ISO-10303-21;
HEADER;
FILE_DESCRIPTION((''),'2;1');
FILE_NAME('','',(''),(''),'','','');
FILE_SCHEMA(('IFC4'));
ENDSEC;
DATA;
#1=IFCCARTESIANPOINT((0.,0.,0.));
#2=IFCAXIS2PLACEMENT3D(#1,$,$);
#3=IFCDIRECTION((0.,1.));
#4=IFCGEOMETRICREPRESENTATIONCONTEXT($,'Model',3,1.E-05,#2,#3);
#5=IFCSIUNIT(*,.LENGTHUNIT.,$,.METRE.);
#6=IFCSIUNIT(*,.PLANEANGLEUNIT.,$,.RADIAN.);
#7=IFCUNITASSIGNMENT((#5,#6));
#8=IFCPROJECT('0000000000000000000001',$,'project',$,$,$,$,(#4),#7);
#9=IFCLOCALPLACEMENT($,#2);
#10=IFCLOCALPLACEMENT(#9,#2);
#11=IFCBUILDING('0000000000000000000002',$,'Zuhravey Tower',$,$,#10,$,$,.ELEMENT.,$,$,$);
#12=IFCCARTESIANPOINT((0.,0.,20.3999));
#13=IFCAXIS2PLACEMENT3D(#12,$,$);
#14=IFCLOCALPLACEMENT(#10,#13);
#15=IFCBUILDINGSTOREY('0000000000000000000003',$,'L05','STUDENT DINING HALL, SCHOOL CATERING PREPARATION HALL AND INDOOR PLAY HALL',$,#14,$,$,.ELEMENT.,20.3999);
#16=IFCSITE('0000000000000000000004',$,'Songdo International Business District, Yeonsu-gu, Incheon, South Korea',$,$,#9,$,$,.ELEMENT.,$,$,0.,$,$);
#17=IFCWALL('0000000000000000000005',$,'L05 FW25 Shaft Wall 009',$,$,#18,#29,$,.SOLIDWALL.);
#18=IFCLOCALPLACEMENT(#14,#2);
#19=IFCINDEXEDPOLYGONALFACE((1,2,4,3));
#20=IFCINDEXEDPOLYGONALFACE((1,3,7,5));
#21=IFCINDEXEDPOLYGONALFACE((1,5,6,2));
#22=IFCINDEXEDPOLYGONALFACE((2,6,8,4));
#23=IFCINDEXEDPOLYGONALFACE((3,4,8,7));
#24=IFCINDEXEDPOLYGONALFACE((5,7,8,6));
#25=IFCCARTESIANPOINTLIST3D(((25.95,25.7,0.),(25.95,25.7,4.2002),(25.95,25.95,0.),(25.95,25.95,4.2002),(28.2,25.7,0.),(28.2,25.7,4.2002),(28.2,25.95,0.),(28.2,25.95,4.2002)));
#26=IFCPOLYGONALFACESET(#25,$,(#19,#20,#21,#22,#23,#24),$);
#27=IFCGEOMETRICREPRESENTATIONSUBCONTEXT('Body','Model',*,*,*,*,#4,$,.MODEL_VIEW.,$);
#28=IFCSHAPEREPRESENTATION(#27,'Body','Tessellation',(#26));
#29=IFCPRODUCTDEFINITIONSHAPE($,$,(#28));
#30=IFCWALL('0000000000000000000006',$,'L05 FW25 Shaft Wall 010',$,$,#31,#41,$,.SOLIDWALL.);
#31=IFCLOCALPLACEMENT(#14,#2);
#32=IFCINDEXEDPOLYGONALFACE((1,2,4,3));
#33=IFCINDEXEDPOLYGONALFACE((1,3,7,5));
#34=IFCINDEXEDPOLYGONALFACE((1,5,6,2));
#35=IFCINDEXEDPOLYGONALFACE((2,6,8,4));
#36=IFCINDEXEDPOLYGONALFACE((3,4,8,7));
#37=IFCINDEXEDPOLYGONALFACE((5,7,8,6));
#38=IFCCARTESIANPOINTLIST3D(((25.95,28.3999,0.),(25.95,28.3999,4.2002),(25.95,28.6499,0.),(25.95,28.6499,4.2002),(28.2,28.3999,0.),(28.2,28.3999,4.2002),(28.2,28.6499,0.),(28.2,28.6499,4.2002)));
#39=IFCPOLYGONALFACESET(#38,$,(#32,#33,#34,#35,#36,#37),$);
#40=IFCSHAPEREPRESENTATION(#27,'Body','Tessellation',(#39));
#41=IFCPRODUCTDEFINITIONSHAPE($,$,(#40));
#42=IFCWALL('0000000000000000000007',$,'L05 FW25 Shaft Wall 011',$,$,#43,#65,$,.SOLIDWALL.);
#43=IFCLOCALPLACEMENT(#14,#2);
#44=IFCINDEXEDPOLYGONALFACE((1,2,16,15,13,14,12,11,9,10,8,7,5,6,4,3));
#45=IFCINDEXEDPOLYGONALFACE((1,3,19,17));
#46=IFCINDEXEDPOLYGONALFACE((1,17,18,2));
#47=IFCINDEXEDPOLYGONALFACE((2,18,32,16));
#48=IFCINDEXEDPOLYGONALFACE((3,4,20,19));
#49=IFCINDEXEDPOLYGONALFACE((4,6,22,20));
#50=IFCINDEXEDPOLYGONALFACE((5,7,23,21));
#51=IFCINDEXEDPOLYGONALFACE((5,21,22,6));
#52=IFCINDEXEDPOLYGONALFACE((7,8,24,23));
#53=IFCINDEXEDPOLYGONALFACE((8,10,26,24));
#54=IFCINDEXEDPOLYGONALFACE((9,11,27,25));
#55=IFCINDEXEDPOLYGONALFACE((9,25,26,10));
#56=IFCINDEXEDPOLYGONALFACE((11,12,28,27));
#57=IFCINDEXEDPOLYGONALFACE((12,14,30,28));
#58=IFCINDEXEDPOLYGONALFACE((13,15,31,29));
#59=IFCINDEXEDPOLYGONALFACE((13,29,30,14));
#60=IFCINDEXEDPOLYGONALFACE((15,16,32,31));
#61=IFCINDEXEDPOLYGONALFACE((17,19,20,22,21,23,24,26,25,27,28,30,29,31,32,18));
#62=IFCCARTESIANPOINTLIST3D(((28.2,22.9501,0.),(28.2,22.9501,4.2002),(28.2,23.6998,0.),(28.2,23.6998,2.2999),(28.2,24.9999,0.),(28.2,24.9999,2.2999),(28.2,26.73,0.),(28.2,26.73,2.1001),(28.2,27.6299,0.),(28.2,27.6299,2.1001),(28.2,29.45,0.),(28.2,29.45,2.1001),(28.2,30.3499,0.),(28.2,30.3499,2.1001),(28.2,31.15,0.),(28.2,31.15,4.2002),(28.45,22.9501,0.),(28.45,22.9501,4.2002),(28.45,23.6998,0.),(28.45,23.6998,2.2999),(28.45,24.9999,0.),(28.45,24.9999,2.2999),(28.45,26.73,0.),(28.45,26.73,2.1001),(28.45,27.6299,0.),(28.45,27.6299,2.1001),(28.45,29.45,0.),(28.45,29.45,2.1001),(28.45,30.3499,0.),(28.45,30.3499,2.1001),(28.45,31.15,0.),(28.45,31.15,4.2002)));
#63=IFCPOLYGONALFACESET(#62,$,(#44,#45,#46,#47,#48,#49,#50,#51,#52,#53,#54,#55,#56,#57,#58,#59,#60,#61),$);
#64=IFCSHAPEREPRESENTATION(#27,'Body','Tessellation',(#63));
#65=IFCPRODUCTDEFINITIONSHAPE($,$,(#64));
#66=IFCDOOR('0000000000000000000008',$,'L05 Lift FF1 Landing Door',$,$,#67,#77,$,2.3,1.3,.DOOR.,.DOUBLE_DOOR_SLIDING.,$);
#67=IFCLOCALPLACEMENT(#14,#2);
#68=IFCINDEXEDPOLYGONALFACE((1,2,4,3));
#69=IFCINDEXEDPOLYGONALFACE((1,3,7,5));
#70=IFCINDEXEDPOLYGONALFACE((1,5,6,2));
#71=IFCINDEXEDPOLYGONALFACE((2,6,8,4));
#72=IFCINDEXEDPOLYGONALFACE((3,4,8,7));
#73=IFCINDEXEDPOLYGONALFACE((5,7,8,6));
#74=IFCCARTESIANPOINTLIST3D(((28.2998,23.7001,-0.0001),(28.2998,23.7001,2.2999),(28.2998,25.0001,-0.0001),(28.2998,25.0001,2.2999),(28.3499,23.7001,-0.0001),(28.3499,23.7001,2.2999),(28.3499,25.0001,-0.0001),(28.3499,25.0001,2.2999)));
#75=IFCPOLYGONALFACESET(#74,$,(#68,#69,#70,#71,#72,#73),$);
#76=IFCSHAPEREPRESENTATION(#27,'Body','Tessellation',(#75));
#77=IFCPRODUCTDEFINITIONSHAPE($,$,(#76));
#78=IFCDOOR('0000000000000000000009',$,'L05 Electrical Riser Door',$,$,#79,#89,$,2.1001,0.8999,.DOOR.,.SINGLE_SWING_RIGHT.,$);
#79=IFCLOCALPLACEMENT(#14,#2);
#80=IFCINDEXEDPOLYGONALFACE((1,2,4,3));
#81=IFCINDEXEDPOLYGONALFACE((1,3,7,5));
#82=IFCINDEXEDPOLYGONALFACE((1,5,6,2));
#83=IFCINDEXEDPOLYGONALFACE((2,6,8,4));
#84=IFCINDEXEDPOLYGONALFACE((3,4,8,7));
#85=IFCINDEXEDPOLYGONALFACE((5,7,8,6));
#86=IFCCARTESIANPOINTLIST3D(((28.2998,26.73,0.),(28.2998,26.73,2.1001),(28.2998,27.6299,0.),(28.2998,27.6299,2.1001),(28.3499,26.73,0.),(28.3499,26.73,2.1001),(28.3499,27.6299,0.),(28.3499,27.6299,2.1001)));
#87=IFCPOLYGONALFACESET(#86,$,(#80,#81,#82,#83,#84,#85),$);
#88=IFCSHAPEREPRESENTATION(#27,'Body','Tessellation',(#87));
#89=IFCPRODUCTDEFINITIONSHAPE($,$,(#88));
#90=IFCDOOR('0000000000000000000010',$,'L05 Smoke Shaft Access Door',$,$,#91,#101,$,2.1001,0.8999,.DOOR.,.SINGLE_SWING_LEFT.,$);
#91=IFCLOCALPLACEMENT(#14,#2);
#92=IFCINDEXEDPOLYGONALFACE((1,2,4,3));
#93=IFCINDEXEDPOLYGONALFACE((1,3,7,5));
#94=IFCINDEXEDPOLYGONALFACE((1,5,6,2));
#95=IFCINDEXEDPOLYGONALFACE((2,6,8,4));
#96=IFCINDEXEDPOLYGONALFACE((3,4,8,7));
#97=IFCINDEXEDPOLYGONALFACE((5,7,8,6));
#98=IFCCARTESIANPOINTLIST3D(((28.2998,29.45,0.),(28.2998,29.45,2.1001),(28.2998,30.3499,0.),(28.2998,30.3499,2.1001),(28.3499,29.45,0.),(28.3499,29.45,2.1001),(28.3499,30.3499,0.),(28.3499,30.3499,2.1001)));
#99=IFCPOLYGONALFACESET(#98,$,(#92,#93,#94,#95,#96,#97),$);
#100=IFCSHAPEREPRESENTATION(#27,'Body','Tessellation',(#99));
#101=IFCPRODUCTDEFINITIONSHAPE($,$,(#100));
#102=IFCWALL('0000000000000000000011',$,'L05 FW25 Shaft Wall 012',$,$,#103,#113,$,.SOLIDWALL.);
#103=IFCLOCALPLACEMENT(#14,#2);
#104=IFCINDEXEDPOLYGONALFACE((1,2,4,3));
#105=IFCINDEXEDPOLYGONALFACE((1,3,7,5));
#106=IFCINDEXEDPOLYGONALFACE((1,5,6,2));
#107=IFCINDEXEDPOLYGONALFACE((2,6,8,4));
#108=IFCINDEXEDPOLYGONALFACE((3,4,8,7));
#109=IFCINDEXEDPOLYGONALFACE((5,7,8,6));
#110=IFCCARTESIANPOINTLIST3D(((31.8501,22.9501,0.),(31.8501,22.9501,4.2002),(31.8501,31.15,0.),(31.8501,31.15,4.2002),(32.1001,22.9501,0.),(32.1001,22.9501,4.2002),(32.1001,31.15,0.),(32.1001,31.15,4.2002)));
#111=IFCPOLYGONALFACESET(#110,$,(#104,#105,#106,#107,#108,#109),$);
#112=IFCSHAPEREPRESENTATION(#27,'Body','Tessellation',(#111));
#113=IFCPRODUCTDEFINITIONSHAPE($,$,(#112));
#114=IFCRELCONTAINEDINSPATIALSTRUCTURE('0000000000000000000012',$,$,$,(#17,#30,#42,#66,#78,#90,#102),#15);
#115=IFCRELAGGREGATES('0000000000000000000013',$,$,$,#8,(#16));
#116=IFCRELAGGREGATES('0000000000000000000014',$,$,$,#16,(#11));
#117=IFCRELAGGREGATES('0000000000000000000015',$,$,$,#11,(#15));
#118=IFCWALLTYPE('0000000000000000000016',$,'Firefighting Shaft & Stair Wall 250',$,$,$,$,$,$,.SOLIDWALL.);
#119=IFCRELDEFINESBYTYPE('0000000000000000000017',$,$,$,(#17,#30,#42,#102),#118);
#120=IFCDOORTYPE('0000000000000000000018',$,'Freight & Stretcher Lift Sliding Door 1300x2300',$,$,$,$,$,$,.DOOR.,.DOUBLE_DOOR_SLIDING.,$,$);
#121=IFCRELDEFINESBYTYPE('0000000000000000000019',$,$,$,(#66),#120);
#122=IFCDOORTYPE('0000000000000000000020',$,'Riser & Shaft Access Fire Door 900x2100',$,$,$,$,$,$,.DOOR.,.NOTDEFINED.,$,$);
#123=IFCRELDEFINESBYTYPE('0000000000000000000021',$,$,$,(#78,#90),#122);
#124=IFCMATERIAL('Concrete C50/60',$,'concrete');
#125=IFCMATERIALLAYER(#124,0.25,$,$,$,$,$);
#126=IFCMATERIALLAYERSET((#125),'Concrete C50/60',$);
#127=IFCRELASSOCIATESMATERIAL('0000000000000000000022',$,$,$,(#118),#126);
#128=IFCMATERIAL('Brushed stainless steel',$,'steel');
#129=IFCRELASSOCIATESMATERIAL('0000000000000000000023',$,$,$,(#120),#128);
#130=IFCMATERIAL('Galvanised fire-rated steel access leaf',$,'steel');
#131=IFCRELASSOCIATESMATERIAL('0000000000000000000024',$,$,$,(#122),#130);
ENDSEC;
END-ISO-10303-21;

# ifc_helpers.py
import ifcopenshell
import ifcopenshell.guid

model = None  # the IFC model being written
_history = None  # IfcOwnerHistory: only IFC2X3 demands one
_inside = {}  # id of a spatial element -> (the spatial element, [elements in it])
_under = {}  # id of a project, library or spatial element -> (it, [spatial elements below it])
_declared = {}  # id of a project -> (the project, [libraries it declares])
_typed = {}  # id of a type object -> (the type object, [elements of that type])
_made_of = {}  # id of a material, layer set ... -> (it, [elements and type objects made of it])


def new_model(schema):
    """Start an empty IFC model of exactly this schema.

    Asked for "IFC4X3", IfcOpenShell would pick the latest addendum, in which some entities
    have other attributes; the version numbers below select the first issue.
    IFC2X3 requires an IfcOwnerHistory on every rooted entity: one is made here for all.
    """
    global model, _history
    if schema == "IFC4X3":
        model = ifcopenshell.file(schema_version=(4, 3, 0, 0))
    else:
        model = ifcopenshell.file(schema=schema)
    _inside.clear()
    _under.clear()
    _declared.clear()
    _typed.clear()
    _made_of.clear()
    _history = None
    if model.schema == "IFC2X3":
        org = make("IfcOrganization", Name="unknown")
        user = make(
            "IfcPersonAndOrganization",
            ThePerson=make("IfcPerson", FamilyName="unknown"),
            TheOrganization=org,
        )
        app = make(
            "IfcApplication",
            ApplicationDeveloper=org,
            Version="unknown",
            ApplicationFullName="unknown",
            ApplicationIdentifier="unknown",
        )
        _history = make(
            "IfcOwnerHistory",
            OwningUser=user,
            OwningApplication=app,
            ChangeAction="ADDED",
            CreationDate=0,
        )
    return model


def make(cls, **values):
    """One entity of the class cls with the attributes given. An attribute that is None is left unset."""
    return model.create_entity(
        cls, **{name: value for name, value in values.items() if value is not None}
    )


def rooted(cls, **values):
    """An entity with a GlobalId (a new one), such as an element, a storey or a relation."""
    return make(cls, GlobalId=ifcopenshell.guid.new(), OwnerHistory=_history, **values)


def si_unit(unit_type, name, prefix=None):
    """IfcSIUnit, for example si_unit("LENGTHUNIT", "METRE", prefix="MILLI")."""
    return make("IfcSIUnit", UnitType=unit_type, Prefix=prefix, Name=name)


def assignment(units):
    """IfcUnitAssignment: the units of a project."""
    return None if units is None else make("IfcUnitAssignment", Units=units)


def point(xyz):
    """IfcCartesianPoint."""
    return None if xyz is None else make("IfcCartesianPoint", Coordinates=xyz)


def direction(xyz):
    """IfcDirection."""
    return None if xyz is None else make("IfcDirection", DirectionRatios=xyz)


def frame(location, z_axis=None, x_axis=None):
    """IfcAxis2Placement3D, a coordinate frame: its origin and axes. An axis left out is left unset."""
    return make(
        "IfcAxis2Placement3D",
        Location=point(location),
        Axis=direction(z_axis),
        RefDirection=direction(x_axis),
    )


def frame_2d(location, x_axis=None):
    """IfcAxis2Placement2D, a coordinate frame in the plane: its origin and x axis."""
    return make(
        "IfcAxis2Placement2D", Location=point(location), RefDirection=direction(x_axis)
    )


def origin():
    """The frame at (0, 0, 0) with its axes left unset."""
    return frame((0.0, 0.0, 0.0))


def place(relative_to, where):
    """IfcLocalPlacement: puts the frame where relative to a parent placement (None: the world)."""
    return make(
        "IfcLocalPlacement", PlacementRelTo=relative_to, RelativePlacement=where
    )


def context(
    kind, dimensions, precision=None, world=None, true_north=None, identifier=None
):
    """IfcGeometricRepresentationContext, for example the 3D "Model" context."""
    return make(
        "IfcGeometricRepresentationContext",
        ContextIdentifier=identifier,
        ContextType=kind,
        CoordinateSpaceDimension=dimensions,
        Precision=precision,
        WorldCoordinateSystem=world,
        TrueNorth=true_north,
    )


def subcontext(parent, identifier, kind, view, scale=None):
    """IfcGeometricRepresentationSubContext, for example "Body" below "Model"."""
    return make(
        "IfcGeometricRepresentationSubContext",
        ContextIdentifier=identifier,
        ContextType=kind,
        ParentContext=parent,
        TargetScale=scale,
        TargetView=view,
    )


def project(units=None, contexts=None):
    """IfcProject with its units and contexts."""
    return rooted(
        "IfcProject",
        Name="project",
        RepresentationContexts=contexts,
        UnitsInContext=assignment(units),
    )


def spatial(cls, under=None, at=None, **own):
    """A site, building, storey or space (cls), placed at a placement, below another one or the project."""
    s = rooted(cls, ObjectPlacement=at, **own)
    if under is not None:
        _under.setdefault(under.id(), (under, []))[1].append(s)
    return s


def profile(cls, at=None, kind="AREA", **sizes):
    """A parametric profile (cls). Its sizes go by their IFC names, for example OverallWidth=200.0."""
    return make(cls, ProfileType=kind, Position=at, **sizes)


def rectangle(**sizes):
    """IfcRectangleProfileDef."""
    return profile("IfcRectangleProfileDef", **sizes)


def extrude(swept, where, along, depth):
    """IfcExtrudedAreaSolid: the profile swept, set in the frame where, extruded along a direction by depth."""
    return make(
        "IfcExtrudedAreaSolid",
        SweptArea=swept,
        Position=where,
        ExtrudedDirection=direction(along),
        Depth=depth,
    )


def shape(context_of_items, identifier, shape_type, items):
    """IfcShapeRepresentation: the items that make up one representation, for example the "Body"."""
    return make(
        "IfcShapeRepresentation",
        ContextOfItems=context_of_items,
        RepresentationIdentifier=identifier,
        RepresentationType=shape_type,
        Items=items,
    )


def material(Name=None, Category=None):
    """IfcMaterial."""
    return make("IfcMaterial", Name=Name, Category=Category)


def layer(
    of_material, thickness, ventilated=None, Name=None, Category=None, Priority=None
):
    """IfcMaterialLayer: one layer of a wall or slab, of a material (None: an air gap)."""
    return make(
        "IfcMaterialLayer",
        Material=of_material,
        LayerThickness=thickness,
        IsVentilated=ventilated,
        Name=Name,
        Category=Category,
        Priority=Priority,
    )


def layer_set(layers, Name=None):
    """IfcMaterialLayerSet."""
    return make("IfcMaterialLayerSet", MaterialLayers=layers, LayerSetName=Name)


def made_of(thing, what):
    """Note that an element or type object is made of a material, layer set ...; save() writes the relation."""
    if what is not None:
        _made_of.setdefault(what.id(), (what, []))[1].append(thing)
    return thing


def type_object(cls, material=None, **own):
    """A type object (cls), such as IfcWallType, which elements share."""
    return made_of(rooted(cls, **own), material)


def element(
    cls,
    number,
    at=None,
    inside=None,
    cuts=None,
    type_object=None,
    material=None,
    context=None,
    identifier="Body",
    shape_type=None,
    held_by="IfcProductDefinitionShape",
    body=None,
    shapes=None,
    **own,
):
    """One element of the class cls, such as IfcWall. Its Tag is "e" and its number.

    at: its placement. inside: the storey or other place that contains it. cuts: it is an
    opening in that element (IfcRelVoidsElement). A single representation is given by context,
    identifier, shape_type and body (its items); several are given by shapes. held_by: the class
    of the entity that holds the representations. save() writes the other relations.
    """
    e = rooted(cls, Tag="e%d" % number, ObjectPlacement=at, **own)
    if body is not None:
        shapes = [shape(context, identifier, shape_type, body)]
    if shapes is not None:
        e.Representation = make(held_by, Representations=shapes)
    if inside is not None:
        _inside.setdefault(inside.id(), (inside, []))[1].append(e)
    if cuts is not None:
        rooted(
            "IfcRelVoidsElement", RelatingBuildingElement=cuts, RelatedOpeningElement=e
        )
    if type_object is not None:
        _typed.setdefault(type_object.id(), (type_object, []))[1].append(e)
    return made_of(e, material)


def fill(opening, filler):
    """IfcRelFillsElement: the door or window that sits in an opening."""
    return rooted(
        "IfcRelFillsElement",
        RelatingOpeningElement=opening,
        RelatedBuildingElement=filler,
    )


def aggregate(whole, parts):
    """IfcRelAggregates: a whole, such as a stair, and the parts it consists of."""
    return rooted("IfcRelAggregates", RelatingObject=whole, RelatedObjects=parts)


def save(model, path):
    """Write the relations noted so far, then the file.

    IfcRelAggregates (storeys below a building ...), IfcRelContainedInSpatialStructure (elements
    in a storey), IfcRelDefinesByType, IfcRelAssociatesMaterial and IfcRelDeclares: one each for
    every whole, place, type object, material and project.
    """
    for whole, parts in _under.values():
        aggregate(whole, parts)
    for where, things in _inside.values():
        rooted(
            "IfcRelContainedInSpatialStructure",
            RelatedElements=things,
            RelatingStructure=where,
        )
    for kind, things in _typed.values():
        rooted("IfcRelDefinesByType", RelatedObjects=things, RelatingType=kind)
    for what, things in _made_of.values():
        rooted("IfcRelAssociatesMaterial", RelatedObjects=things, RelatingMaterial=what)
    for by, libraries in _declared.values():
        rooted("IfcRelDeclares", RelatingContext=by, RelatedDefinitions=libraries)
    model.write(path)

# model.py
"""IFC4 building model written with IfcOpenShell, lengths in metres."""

from ifc_helpers import new_model, si_unit, direction, frame, frame_2d, origin, place, context, subcontext, project, spatial, rectangle, extrude, material, layer, layer_set, type_object, element, fill, save


model = new_model("IFC4")

# Units and contexts
model_context = context("Model", 3, precision=1e-05, world=origin(), true_north=direction((0.0, 1.0)))
body_context = subcontext(model_context, "Body", "Model", "MODEL_VIEW")
ifc_project = project(units=[si_unit("LENGTHUNIT", "METRE"), si_unit("PLANEANGLEUNIT", "RADIAN")], contexts=[model_context])

# Site, building, storey
site_placement = place(None, origin())
site = spatial("IfcSite", under=ifc_project, at=site_placement, Name="Songdo International Business District, Yeonsu-gu, Incheon, South Korea", CompositionType="ELEMENT", RefElevation=0.0)
building_placement = place(site_placement, origin())
building = spatial("IfcBuilding", under=site, at=building_placement, Name="Zuhravey Tower", CompositionType="ELEMENT")
storey_placement = place(building_placement, frame((0.0, 0.0, 20.3999)))
storey = spatial("IfcBuildingStorey", under=building, at=storey_placement, Name="L05", Description="STUDENT DINING HALL, SCHOOL CATERING PREPARATION HALL AND INDOOR PLAY HALL", CompositionType="ELEMENT", Elevation=20.3999)

# Shared definitions
ifc_material_1 = material(Name="Concrete C50/60", Category="concrete")
ifc_layer_1 = layer(ifc_material_1, 0.25)
ifc_layer_set_1 = layer_set([ifc_layer_1], Name="Concrete C50/60")
wall_type_1 = type_object("IfcWallType", Name="Firefighting Shaft & Stair Wall 250", PredefinedType="SOLIDWALL", material=ifc_layer_set_1)

# Walls
for number, where, z_axis, x_axis, name in (
    (1, (25.95, 25.825, 0.0), (0.0, 0.0, 1.0), (1.0, 0.0, 0.0), "L05 FW25 Shaft Wall 009"),
    (2, (25.95, 28.5249, 0.0), (0.0, 0.0, 1.0), (1.0, 0.0, 0.0), "L05 FW25 Shaft Wall 010"),
):
    element("IfcWall", number, at=place(storey_placement, frame(where, z_axis=z_axis, x_axis=x_axis)), inside=storey, type_object=wall_type_1, Name=name, PredefinedType="SOLIDWALL", context=body_context, shape_type="SweptSolid", body=[
        extrude(rectangle(XDim=2.25, YDim=0.25, at=frame_2d((1.125, 0.0))), origin(), (0.0, 0.0, 1.0), 4.2002),
    ])

# Wall, openings, doors
wall_1_placement = place(storey_placement, frame((28.325, 22.95, 0.0), z_axis=(0.0, 0.0, 1.0), x_axis=(0.0, 1.0, 0.0)))
wall_1 = element("IfcWall", 3, at=wall_1_placement, inside=storey, type_object=wall_type_1, Name="L05 FW25 Shaft Wall 011", PredefinedType="SOLIDWALL", context=body_context, shape_type="SweptSolid", body=[
    extrude(rectangle(XDim=8.2, YDim=0.25, at=frame_2d((4.1001, 0.0))), origin(), (0.0, 0.0, 1.0), 4.2002),
])
opening_1_placement = place(wall_1_placement, frame((0.75, 0.0, 0.0)))
opening_1 = element("IfcOpeningElement", 4, at=opening_1_placement, cuts=wall_1, PredefinedType="OPENING", context=body_context, shape_type="SweptSolid", body=[
    extrude(rectangle(XDim=1.3, YDim=2.3, at=frame_2d((0.6499, 1.1499))), frame((0.0, 0.137, 0.0), z_axis=(0.0, -1.0, 0.0), x_axis=(1.0, 0.0, 0.0)), (0.0, 0.0, 1.0), 0.2739),
])
opening_2_placement = place(wall_1_placement, frame((3.78, 0.0, 0.0)))
opening_2 = element("IfcOpeningElement", 5, at=opening_2_placement, cuts=wall_1, PredefinedType="OPENING", context=body_context, shape_type="SweptSolid", body=[
    extrude(rectangle(XDim=0.8999, YDim=2.1001, at=frame_2d((0.45, 1.05))), frame((0.0, 0.137, 0.0), z_axis=(0.0, -1.0, 0.0), x_axis=(1.0, 0.0, 0.0)), (0.0, 0.0, 1.0), 0.2739),
])
opening_3_placement = place(wall_1_placement, frame((6.5, 0.0, 0.0)))
opening_3 = element("IfcOpeningElement", 6, at=opening_3_placement, cuts=wall_1, PredefinedType="OPENING", context=body_context, shape_type="SweptSolid", body=[
    extrude(rectangle(XDim=0.8999, YDim=2.1001, at=frame_2d((0.45, 1.05))), frame((0.0, 0.137, 0.0), z_axis=(0.0, -1.0, 0.0), x_axis=(1.0, 0.0, 0.0)), (0.0, 0.0, 1.0), 0.2739),
])
ifc_material_2 = material(Name="Brushed stainless steel", Category="steel")
door_type_1 = type_object("IfcDoorType", Name="Freight & Stretcher Lift Sliding Door 1300x2300", OperationType="DOUBLE_DOOR_SLIDING", PredefinedType="DOOR", material=ifc_material_2)
door_1_placement = place(opening_1_placement, frame((1.3, 0.0, 0.0), z_axis=(0.0, 0.0, 1.0), x_axis=(-1.0, 0.0, 0.0)))
door_1 = element("IfcDoor", 7, at=door_1_placement, inside=storey, type_object=door_type_1, Name="L05 Lift FF1 Landing Door", OperationType="DOUBLE_DOOR_SLIDING", OverallHeight=2.3, OverallWidth=1.3, PredefinedType="DOOR", context=body_context, shape_type="SweptSolid", body=[
    extrude(rectangle(XDim=1.3, YDim=2.3, at=frame_2d((0.6499, 1.1499))), frame((0.0, 0.0249, 0.0), z_axis=(0.0, -1.0, 0.0), x_axis=(1.0, 0.0, 0.0)), (0.0, 0.0, 1.0), 0.05),
])
fill(opening_1, door_1)
ifc_material_3 = material(Name="Galvanised fire-rated steel access leaf", Category="steel")
door_type_2 = type_object("IfcDoorType", Name="Riser & Shaft Access Fire Door 900x2100", OperationType="NOTDEFINED", PredefinedType="DOOR", material=ifc_material_3)
door_2_placement = place(opening_2_placement, frame((0.8999, 0.0, 0.0), z_axis=(0.0, 0.0, 1.0), x_axis=(-1.0, 0.0, 0.0)))
door_2 = element("IfcDoor", 8, at=door_2_placement, inside=storey, type_object=door_type_2, Name="L05 Electrical Riser Door", OperationType="SINGLE_SWING_RIGHT", OverallHeight=2.1001, OverallWidth=0.8999, PredefinedType="DOOR", context=body_context, shape_type="SweptSolid", body=[
    extrude(rectangle(XDim=0.8999, YDim=2.1001, at=frame_2d((0.45, 1.05))), frame((0.0, 0.0249, 0.0), z_axis=(0.0, -1.0, 0.0), x_axis=(1.0, 0.0, 0.0)), (0.0, 0.0, 1.0), 0.05),
])
fill(opening_2, door_2)
door_3_placement = place(opening_3_placement, frame((0.8999, 0.0, 0.0), z_axis=(0.0, 0.0, 1.0), x_axis=(-1.0, 0.0, 0.0)))
door_3 = element("IfcDoor", 9, at=door_3_placement, inside=storey, type_object=door_type_2, Name="L05 Smoke Shaft Access Door", OperationType="SINGLE_SWING_LEFT", OverallHeight=2.1001, OverallWidth=0.8999, PredefinedType="DOOR", context=body_context, shape_type="SweptSolid", body=[
    extrude(rectangle(XDim=0.8999, YDim=2.1001, at=frame_2d((0.45, 1.05))), frame((0.0, 0.0249, 0.0), z_axis=(0.0, -1.0, 0.0), x_axis=(1.0, 0.0, 0.0)), (0.0, 0.0, 1.0), 0.05),
])
fill(opening_3, door_3)

# Wall
wall_2_placement = place(storey_placement, frame((31.9751, 22.95, 0.0), z_axis=(0.0, 0.0, 1.0), x_axis=(0.0, 1.0, 0.0)))
element("IfcWall", 10, at=wall_2_placement, inside=storey, type_object=wall_type_1, Name="L05 FW25 Shaft Wall 012", PredefinedType="SOLIDWALL", context=body_context, shape_type="SweptSolid", body=[
    extrude(rectangle(XDim=8.2, YDim=0.25, at=frame_2d((4.1001, 0.0))), origin(), (0.0, 0.0, 1.0), 4.2002),
])

save(model, "model.ifc")
